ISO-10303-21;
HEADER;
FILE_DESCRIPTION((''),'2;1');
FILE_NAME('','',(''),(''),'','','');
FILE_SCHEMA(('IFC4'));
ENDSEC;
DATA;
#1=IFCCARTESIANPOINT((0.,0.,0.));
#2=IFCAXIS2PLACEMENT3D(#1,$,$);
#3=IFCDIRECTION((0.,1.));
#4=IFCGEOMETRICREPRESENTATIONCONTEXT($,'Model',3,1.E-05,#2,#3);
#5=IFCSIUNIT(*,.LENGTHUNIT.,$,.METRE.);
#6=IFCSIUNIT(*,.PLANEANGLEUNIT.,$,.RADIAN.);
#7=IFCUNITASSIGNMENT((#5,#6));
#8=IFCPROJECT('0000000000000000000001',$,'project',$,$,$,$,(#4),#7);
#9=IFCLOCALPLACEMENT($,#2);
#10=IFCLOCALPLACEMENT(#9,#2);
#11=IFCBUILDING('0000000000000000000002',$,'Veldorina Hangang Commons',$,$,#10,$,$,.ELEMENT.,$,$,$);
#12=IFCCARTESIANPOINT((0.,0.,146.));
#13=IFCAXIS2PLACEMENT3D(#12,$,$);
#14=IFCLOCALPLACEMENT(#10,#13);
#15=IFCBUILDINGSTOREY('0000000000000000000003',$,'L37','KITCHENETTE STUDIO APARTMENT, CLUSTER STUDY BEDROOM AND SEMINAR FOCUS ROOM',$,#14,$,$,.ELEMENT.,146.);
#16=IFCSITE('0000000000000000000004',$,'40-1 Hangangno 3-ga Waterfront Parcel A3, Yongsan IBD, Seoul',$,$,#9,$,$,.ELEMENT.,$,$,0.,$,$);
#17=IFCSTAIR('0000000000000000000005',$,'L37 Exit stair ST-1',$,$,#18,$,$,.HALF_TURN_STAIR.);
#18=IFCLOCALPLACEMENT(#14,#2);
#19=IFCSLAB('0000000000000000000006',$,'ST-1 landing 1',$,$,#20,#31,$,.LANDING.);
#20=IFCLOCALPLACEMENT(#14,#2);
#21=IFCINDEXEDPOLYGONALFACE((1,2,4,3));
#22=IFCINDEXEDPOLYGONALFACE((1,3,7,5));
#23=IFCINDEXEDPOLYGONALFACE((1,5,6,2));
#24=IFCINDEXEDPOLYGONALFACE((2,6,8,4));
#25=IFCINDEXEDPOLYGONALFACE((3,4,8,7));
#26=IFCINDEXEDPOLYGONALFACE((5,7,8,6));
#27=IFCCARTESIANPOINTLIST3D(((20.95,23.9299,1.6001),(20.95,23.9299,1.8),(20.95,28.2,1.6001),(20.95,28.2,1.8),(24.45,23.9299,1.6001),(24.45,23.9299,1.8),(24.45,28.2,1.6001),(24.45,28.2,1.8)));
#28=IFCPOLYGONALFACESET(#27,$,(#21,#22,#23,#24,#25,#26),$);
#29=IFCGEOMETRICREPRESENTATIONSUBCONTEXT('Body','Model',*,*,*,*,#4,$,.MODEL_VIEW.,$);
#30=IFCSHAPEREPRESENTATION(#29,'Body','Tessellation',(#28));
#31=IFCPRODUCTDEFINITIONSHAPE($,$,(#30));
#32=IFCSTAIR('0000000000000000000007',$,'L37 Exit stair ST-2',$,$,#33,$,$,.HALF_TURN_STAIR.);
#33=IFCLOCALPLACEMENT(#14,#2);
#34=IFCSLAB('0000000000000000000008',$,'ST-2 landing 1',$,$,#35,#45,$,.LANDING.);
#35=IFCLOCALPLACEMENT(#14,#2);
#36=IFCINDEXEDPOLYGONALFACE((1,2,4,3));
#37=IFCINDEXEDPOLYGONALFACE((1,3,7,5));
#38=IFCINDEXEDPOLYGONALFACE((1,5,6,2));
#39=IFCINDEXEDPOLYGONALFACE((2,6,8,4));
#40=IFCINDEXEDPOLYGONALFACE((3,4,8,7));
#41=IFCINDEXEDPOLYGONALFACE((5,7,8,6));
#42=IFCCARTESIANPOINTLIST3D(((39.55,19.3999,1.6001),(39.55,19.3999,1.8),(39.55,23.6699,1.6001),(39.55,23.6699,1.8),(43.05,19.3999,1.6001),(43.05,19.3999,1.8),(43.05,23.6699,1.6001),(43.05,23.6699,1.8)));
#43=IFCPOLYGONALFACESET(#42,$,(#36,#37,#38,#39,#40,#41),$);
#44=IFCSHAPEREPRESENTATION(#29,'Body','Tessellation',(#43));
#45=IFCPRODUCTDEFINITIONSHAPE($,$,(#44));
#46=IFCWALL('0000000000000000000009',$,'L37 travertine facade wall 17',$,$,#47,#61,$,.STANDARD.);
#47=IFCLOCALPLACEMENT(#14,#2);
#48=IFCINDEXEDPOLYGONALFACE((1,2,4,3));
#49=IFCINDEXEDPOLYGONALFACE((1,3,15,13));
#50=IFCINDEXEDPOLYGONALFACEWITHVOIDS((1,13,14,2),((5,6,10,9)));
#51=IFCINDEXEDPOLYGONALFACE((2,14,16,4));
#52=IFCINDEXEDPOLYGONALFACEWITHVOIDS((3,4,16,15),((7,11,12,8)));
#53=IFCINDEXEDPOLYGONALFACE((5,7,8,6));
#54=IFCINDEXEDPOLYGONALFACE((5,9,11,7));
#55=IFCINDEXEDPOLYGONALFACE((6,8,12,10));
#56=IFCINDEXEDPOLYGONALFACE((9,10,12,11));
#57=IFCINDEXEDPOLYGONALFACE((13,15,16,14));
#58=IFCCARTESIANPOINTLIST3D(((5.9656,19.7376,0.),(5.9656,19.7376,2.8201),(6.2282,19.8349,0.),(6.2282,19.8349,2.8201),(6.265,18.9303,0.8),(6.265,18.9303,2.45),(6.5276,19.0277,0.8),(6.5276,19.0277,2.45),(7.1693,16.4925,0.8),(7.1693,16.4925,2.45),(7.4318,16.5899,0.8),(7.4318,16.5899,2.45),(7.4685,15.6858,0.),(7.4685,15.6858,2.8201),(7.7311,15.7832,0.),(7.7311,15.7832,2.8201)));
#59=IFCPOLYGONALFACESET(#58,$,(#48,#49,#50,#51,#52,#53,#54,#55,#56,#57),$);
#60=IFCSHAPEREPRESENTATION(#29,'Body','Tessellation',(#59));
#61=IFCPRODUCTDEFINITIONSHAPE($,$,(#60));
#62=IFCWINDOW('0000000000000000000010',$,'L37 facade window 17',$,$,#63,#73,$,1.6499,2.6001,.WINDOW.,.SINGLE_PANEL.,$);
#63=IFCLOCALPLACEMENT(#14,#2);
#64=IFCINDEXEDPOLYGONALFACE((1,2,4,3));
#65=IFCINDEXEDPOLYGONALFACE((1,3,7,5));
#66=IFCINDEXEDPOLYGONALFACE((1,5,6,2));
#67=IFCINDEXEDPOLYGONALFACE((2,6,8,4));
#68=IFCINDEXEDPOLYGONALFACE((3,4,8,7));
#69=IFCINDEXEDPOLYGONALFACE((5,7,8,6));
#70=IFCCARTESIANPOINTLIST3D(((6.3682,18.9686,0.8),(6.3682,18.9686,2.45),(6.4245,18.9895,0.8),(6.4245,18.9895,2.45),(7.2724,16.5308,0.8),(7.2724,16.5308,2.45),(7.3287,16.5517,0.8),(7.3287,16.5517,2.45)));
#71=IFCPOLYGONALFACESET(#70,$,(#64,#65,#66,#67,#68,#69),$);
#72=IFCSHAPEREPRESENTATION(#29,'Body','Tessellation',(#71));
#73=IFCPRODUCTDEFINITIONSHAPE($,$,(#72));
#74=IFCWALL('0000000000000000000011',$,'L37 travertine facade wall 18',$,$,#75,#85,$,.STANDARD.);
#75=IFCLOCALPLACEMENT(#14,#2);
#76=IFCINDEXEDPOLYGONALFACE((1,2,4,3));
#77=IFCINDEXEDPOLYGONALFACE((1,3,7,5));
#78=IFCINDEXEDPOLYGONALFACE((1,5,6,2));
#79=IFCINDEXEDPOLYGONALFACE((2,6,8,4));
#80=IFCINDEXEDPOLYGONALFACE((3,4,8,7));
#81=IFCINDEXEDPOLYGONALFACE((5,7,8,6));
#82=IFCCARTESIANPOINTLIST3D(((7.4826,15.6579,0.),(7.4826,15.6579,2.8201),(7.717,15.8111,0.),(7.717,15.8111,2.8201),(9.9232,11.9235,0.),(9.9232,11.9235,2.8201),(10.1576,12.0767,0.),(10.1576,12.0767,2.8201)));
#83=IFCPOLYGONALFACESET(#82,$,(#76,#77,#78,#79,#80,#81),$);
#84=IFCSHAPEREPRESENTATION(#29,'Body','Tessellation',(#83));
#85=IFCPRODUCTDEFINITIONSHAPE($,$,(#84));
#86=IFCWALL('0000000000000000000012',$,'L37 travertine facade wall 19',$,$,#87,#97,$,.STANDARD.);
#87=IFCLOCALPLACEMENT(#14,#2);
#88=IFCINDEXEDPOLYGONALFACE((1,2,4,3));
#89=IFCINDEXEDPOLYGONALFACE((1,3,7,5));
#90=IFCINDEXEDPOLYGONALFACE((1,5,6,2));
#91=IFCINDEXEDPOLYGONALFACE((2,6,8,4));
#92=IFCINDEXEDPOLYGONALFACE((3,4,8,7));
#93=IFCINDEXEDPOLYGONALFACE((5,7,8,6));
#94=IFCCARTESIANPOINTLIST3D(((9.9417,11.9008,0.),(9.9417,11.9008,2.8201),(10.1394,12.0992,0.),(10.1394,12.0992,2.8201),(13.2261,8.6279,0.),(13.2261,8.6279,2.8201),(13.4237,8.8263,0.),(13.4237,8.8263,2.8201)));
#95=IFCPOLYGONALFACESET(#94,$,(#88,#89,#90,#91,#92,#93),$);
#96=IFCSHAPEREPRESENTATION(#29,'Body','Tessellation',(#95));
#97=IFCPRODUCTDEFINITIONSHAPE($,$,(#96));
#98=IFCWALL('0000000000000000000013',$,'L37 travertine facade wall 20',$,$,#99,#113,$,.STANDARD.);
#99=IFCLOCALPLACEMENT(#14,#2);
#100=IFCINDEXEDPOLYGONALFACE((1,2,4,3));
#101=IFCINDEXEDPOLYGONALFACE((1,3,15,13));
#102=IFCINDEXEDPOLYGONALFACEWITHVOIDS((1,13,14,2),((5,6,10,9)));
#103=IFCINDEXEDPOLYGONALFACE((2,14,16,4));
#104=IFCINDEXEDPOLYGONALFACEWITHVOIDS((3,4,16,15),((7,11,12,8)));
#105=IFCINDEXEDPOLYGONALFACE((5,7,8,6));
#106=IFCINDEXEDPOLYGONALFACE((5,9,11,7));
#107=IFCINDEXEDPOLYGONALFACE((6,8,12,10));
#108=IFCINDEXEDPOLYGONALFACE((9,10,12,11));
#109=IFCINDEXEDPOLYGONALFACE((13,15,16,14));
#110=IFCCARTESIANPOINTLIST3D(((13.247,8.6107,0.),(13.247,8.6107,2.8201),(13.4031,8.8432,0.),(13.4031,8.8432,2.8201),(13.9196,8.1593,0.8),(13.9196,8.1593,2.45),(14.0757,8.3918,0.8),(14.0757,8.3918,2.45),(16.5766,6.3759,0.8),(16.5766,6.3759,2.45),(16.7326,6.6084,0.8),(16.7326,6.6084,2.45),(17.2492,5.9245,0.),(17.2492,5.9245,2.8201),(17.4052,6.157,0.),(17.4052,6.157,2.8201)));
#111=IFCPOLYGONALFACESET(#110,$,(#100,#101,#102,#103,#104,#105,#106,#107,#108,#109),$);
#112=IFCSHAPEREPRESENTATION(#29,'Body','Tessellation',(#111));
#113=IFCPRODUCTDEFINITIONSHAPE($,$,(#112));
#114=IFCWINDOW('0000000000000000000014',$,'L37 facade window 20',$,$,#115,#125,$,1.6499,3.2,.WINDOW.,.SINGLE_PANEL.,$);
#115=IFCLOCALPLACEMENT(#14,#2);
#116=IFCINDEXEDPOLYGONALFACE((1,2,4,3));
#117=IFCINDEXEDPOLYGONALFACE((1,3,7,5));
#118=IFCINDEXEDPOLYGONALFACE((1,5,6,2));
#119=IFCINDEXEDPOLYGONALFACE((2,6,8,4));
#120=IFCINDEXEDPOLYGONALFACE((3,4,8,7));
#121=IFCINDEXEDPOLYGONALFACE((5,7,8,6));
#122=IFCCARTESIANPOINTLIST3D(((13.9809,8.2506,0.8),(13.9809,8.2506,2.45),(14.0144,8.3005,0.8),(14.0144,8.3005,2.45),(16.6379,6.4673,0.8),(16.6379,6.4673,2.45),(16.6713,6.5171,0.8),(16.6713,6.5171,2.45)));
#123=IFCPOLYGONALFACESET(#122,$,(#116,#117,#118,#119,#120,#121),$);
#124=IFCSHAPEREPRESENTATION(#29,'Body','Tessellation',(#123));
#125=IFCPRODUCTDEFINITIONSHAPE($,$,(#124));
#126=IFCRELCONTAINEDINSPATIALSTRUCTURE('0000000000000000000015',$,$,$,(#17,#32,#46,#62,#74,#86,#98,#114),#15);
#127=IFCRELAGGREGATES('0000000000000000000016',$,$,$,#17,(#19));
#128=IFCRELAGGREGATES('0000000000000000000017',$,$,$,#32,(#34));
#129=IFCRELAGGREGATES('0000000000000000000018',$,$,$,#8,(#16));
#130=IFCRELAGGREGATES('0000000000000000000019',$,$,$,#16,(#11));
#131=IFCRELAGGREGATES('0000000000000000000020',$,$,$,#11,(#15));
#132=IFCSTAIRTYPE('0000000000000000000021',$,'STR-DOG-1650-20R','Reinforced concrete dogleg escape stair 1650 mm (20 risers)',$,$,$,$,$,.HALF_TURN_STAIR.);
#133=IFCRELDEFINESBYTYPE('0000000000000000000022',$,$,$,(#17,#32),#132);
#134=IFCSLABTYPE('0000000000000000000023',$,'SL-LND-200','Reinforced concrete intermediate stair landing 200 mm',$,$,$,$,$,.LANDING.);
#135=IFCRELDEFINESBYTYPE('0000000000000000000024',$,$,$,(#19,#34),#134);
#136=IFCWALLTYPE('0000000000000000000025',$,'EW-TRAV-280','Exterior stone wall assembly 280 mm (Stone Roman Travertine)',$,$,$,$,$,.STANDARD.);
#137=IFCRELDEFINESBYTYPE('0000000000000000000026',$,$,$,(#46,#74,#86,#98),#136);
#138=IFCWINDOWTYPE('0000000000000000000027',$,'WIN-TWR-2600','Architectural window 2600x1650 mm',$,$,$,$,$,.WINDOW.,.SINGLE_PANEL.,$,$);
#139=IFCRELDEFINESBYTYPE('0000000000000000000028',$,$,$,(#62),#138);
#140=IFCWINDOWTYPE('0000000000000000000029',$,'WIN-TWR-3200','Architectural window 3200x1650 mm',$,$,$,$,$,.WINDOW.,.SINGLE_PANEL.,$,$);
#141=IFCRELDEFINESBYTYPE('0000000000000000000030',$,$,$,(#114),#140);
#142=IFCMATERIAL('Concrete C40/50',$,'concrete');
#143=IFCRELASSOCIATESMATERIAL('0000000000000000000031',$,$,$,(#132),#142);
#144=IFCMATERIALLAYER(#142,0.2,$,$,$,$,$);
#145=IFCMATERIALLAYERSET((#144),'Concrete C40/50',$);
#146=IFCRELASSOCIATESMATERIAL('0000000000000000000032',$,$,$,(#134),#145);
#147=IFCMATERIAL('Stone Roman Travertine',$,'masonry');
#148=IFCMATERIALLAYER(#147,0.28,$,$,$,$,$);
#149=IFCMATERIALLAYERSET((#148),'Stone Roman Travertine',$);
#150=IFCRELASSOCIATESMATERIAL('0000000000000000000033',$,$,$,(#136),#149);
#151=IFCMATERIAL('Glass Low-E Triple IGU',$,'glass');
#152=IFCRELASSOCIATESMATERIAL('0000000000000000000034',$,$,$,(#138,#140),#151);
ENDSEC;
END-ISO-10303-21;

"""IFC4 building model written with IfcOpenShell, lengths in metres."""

from ifc_helpers import new_model, si_unit, direction, frame, frame_2d, origin, place, context, subcontext, project, spatial, polyline, rectangle, outline, extrude, material, layer, layer_set, type_object, element, fill, aggregate, save


model = new_model("IFC4")

# Units and contexts
model_context = context("Model", 3, precision=1e-05, world=origin(), true_north=direction((0.0, 1.0)))
body_context = subcontext(model_context, "Body", "Model", "MODEL_VIEW")
ifc_project = project(units=[si_unit("LENGTHUNIT", "METRE"), si_unit("PLANEANGLEUNIT", "RADIAN")], contexts=[model_context])

# Site, building, storey
site_placement = place(None, origin())
site = spatial("IfcSite", under=ifc_project, at=site_placement, Name="40-1 Hangangno 3-ga Waterfront Parcel A3, Yongsan IBD, Seoul", CompositionType="ELEMENT", RefElevation=0.0)
building_placement = place(site_placement, origin())
building = spatial("IfcBuilding", under=site, at=building_placement, Name="Veldorina Hangang Commons", CompositionType="ELEMENT")
storey_placement = place(building_placement, frame((0.0, 0.0, 146.0)))
storey = spatial("IfcBuildingStorey", under=building, at=storey_placement, Name="L37", Description="KITCHENETTE STUDIO APARTMENT, CLUSTER STUDY BEDROOM AND SEMINAR FOCUS ROOM", CompositionType="ELEMENT", Elevation=146.0)

# Shared definitions
ifc_material_1 = material(Name="Concrete C40/50", Category="concrete")

# Stairs, slabs
stair_type = type_object("IfcStairType", Name="STR-DOG-1650-20R", Description="Reinforced concrete dogleg escape stair 1650 mm (20 risers)", PredefinedType="HALF_TURN_STAIR", material=ifc_material_1)
stair_1_placement = place(storey_placement, origin())
stair_1 = element("IfcStair", 1, at=stair_1_placement, inside=storey, type_object=stair_type, Name="L37 Exit stair ST-1", PredefinedType="HALF_TURN_STAIR")
ifc_layer_1 = layer(ifc_material_1, 0.2)
ifc_layer_set_1 = layer_set([ifc_layer_1], Name="Concrete C40/50")
slab_type_1 = type_object("IfcSlabType", Name="SL-LND-200", Description="Reinforced concrete intermediate stair landing 200 mm", PredefinedType="LANDING", material=ifc_layer_set_1)
slab_1_placement = place(storey_placement, frame((0.0, 0.0, 1.6001)))
slab_1 = element("IfcSlab", 2, at=slab_1_placement, type_object=slab_type_1, Name="ST-1 landing 1", PredefinedType="LANDING", context=body_context, shape_type="SweptSolid", body=[
    extrude(outline(polyline([(24.45, 23.9299), (24.45, 28.2), (20.95, 28.2), (20.95, 23.9299), (24.45, 23.9299)])), origin(), (0.0, 0.0, 1.0), 0.2),
])
aggregate(stair_1, [slab_1])
stair_2_placement = place(storey_placement, origin())
stair_2 = element("IfcStair", 3, at=stair_2_placement, inside=storey, type_object=stair_type, Name="L37 Exit stair ST-2", PredefinedType="HALF_TURN_STAIR")
slab_2_placement = place(storey_placement, frame((0.0, 0.0, 1.6001)))
slab_2 = element("IfcSlab", 4, at=slab_2_placement, type_object=slab_type_1, Name="ST-2 landing 1", PredefinedType="LANDING", context=body_context, shape_type="SweptSolid", body=[
    extrude(outline(polyline([(39.55, 23.6699), (39.55, 19.3999), (43.05, 19.3999), (43.05, 23.6699), (39.55, 23.6699)])), origin(), (0.0, 0.0, 1.0), 0.2),
])
aggregate(stair_2, [slab_2])

# Wall, opening, window
ifc_material_2 = material(Name="Stone Roman Travertine", Category="masonry")
ifc_layer_2 = layer(ifc_material_2, 0.28)
ifc_layer_set_2 = layer_set([ifc_layer_2], Name="Stone Roman Travertine")
wall_type = type_object("IfcWallType", Name="EW-TRAV-280", Description="Exterior stone wall assembly 280 mm (Stone Roman Travertine)", PredefinedType="STANDARD", material=ifc_layer_set_2)
wall_1_placement = place(storey_placement, frame((6.0969, 19.7861, 0.0), z_axis=(0.0, 0.0, 1.0), x_axis=(0.347778, -0.937577, 0.0)))
wall_1 = element("IfcWall", 5, at=wall_1_placement, inside=storey, type_object=wall_type, Name="L37 travertine facade wall 17", PredefinedType="STANDARD", context=body_context, shape_type="SweptSolid", body=[
    extrude(rectangle(XDim=4.3215, YDim=0.28, at=frame_2d((2.1606, 0.0))), origin(), (0.0, 0.0, 1.0), 2.8201),
])
opening_1_placement = place(wall_1_placement, frame((0.8608, 0.0, 0.8)))
opening_1 = element("IfcOpeningElement", 6, at=opening_1_placement, cuts=wall_1, PredefinedType="OPENING", context=body_context, shape_type="SweptSolid", body=[
    extrude(rectangle(XDim=2.6001, YDim=1.6499, at=frame_2d((1.3, 0.825))), frame((0.0, 0.1499, 0.0), z_axis=(0.0, -1.0, 0.0), x_axis=(1.0, 0.0, 0.0)), (0.0, 0.0, 1.0), 0.3),
])
ifc_material_3 = material(Name="Glass Low-E Triple IGU", Category="glass")
window_type_1 = type_object("IfcWindowType", Name="WIN-TWR-2600", Description="Architectural window 2600x1650 mm", PartitioningType="SINGLE_PANEL", PredefinedType="WINDOW", material=ifc_material_3)
window_1_placement = place(opening_1_placement, origin())
window_1 = element("IfcWindow", 7, at=window_1_placement, inside=storey, type_object=window_type_1, Name="L37 facade window 17", OverallHeight=1.6499, OverallWidth=2.6001, PartitioningType="SINGLE_PANEL", PredefinedType="WINDOW", context=body_context, shape_type="SweptSolid", body=[
    extrude(rectangle(XDim=2.6001, YDim=1.6499, at=frame_2d((1.3, 0.825))), frame((0.0, 0.03, 0.0), z_axis=(0.0, -1.0, 0.0), x_axis=(1.0, 0.0, 0.0)), (0.0, 0.0, 1.0), 0.0601),
])
fill(opening_1, window_1)

# Walls
wall_2_placement = place(storey_placement, frame((7.5999, 15.7344, 0.0), z_axis=(0.0, 0.0, 1.0), x_axis=(0.547087, -0.837076, 0.0)))
element("IfcWall", 8, at=wall_2_placement, inside=storey, type_object=wall_type, Name="L37 travertine facade wall 18", PredefinedType="STANDARD", context=body_context, shape_type="SweptSolid", body=[
    extrude(rectangle(XDim=4.4612, YDim=0.28, at=frame_2d((2.2305, 0.0))), origin(), (0.0, 0.0, 1.0), 2.8201),
])
wall_3_placement = place(storey_placement, frame((10.0405, 12.0, 0.0), z_axis=(0.0, 0.0, 1.0), x_axis=(0.708343, -0.705868, 0.0)))
element("IfcWall", 9, at=wall_3_placement, inside=storey, type_object=wall_type, Name="L37 travertine facade wall 19", PredefinedType="STANDARD", context=body_context, shape_type="SweptSolid", body=[
    extrude(rectangle(XDim=4.6367, YDim=0.28, at=frame_2d((2.3184, 0.0))), origin(), (0.0, 0.0, 1.0), 2.8201),
])

# Wall, opening, window
wall_4_placement = place(storey_placement, frame((13.325, 8.7271, 0.0), z_axis=(0.0, 0.0, 1.0), x_axis=(0.830309, -0.557304, 0.0)))
wall_4 = element("IfcWall", 10, at=wall_4_placement, inside=storey, type_object=wall_type, Name="L37 travertine facade wall 20", PredefinedType="STANDARD", context=body_context, shape_type="SweptSolid", body=[
    extrude(rectangle(XDim=4.8201, YDim=0.28, at=frame_2d((2.4102, 0.0))), origin(), (0.0, 0.0, 1.0), 2.8201),
])
opening_2_placement = place(wall_4_placement, frame((0.8101, 0.0, 0.8)))
opening_2 = element("IfcOpeningElement", 11, at=opening_2_placement, cuts=wall_4, PredefinedType="OPENING", context=body_context, shape_type="SweptSolid", body=[
    extrude(rectangle(XDim=3.2, YDim=1.6499, at=frame_2d((1.6001, 0.825))), frame((0.0, 0.1499, 0.0), z_axis=(0.0, -1.0, 0.0), x_axis=(1.0, 0.0, 0.0)), (0.0, 0.0, 1.0), 0.3),
])
window_type_2 = type_object("IfcWindowType", Name="WIN-TWR-3200", Description="Architectural window 3200x1650 mm", PartitioningType="SINGLE_PANEL", PredefinedType="WINDOW", material=ifc_material_3)
window_2_placement = place(opening_2_placement, origin())
window_2 = element("IfcWindow", 12, at=window_2_placement, inside=storey, type_object=window_type_2, Name="L37 facade window 20", OverallHeight=1.6499, OverallWidth=3.2, PartitioningType="SINGLE_PANEL", PredefinedType="WINDOW", context=body_context, shape_type="SweptSolid", body=[
    extrude(rectangle(XDim=3.2, YDim=1.6499, at=frame_2d((1.6001, 0.825))), frame((0.0, 0.03, 0.0), z_axis=(0.0, -1.0, 0.0), x_axis=(1.0, 0.0, 0.0)), (0.0, 0.0, 1.0), 0.0601),
])
fill(opening_2, window_2)

save(model, "model.ifc")
